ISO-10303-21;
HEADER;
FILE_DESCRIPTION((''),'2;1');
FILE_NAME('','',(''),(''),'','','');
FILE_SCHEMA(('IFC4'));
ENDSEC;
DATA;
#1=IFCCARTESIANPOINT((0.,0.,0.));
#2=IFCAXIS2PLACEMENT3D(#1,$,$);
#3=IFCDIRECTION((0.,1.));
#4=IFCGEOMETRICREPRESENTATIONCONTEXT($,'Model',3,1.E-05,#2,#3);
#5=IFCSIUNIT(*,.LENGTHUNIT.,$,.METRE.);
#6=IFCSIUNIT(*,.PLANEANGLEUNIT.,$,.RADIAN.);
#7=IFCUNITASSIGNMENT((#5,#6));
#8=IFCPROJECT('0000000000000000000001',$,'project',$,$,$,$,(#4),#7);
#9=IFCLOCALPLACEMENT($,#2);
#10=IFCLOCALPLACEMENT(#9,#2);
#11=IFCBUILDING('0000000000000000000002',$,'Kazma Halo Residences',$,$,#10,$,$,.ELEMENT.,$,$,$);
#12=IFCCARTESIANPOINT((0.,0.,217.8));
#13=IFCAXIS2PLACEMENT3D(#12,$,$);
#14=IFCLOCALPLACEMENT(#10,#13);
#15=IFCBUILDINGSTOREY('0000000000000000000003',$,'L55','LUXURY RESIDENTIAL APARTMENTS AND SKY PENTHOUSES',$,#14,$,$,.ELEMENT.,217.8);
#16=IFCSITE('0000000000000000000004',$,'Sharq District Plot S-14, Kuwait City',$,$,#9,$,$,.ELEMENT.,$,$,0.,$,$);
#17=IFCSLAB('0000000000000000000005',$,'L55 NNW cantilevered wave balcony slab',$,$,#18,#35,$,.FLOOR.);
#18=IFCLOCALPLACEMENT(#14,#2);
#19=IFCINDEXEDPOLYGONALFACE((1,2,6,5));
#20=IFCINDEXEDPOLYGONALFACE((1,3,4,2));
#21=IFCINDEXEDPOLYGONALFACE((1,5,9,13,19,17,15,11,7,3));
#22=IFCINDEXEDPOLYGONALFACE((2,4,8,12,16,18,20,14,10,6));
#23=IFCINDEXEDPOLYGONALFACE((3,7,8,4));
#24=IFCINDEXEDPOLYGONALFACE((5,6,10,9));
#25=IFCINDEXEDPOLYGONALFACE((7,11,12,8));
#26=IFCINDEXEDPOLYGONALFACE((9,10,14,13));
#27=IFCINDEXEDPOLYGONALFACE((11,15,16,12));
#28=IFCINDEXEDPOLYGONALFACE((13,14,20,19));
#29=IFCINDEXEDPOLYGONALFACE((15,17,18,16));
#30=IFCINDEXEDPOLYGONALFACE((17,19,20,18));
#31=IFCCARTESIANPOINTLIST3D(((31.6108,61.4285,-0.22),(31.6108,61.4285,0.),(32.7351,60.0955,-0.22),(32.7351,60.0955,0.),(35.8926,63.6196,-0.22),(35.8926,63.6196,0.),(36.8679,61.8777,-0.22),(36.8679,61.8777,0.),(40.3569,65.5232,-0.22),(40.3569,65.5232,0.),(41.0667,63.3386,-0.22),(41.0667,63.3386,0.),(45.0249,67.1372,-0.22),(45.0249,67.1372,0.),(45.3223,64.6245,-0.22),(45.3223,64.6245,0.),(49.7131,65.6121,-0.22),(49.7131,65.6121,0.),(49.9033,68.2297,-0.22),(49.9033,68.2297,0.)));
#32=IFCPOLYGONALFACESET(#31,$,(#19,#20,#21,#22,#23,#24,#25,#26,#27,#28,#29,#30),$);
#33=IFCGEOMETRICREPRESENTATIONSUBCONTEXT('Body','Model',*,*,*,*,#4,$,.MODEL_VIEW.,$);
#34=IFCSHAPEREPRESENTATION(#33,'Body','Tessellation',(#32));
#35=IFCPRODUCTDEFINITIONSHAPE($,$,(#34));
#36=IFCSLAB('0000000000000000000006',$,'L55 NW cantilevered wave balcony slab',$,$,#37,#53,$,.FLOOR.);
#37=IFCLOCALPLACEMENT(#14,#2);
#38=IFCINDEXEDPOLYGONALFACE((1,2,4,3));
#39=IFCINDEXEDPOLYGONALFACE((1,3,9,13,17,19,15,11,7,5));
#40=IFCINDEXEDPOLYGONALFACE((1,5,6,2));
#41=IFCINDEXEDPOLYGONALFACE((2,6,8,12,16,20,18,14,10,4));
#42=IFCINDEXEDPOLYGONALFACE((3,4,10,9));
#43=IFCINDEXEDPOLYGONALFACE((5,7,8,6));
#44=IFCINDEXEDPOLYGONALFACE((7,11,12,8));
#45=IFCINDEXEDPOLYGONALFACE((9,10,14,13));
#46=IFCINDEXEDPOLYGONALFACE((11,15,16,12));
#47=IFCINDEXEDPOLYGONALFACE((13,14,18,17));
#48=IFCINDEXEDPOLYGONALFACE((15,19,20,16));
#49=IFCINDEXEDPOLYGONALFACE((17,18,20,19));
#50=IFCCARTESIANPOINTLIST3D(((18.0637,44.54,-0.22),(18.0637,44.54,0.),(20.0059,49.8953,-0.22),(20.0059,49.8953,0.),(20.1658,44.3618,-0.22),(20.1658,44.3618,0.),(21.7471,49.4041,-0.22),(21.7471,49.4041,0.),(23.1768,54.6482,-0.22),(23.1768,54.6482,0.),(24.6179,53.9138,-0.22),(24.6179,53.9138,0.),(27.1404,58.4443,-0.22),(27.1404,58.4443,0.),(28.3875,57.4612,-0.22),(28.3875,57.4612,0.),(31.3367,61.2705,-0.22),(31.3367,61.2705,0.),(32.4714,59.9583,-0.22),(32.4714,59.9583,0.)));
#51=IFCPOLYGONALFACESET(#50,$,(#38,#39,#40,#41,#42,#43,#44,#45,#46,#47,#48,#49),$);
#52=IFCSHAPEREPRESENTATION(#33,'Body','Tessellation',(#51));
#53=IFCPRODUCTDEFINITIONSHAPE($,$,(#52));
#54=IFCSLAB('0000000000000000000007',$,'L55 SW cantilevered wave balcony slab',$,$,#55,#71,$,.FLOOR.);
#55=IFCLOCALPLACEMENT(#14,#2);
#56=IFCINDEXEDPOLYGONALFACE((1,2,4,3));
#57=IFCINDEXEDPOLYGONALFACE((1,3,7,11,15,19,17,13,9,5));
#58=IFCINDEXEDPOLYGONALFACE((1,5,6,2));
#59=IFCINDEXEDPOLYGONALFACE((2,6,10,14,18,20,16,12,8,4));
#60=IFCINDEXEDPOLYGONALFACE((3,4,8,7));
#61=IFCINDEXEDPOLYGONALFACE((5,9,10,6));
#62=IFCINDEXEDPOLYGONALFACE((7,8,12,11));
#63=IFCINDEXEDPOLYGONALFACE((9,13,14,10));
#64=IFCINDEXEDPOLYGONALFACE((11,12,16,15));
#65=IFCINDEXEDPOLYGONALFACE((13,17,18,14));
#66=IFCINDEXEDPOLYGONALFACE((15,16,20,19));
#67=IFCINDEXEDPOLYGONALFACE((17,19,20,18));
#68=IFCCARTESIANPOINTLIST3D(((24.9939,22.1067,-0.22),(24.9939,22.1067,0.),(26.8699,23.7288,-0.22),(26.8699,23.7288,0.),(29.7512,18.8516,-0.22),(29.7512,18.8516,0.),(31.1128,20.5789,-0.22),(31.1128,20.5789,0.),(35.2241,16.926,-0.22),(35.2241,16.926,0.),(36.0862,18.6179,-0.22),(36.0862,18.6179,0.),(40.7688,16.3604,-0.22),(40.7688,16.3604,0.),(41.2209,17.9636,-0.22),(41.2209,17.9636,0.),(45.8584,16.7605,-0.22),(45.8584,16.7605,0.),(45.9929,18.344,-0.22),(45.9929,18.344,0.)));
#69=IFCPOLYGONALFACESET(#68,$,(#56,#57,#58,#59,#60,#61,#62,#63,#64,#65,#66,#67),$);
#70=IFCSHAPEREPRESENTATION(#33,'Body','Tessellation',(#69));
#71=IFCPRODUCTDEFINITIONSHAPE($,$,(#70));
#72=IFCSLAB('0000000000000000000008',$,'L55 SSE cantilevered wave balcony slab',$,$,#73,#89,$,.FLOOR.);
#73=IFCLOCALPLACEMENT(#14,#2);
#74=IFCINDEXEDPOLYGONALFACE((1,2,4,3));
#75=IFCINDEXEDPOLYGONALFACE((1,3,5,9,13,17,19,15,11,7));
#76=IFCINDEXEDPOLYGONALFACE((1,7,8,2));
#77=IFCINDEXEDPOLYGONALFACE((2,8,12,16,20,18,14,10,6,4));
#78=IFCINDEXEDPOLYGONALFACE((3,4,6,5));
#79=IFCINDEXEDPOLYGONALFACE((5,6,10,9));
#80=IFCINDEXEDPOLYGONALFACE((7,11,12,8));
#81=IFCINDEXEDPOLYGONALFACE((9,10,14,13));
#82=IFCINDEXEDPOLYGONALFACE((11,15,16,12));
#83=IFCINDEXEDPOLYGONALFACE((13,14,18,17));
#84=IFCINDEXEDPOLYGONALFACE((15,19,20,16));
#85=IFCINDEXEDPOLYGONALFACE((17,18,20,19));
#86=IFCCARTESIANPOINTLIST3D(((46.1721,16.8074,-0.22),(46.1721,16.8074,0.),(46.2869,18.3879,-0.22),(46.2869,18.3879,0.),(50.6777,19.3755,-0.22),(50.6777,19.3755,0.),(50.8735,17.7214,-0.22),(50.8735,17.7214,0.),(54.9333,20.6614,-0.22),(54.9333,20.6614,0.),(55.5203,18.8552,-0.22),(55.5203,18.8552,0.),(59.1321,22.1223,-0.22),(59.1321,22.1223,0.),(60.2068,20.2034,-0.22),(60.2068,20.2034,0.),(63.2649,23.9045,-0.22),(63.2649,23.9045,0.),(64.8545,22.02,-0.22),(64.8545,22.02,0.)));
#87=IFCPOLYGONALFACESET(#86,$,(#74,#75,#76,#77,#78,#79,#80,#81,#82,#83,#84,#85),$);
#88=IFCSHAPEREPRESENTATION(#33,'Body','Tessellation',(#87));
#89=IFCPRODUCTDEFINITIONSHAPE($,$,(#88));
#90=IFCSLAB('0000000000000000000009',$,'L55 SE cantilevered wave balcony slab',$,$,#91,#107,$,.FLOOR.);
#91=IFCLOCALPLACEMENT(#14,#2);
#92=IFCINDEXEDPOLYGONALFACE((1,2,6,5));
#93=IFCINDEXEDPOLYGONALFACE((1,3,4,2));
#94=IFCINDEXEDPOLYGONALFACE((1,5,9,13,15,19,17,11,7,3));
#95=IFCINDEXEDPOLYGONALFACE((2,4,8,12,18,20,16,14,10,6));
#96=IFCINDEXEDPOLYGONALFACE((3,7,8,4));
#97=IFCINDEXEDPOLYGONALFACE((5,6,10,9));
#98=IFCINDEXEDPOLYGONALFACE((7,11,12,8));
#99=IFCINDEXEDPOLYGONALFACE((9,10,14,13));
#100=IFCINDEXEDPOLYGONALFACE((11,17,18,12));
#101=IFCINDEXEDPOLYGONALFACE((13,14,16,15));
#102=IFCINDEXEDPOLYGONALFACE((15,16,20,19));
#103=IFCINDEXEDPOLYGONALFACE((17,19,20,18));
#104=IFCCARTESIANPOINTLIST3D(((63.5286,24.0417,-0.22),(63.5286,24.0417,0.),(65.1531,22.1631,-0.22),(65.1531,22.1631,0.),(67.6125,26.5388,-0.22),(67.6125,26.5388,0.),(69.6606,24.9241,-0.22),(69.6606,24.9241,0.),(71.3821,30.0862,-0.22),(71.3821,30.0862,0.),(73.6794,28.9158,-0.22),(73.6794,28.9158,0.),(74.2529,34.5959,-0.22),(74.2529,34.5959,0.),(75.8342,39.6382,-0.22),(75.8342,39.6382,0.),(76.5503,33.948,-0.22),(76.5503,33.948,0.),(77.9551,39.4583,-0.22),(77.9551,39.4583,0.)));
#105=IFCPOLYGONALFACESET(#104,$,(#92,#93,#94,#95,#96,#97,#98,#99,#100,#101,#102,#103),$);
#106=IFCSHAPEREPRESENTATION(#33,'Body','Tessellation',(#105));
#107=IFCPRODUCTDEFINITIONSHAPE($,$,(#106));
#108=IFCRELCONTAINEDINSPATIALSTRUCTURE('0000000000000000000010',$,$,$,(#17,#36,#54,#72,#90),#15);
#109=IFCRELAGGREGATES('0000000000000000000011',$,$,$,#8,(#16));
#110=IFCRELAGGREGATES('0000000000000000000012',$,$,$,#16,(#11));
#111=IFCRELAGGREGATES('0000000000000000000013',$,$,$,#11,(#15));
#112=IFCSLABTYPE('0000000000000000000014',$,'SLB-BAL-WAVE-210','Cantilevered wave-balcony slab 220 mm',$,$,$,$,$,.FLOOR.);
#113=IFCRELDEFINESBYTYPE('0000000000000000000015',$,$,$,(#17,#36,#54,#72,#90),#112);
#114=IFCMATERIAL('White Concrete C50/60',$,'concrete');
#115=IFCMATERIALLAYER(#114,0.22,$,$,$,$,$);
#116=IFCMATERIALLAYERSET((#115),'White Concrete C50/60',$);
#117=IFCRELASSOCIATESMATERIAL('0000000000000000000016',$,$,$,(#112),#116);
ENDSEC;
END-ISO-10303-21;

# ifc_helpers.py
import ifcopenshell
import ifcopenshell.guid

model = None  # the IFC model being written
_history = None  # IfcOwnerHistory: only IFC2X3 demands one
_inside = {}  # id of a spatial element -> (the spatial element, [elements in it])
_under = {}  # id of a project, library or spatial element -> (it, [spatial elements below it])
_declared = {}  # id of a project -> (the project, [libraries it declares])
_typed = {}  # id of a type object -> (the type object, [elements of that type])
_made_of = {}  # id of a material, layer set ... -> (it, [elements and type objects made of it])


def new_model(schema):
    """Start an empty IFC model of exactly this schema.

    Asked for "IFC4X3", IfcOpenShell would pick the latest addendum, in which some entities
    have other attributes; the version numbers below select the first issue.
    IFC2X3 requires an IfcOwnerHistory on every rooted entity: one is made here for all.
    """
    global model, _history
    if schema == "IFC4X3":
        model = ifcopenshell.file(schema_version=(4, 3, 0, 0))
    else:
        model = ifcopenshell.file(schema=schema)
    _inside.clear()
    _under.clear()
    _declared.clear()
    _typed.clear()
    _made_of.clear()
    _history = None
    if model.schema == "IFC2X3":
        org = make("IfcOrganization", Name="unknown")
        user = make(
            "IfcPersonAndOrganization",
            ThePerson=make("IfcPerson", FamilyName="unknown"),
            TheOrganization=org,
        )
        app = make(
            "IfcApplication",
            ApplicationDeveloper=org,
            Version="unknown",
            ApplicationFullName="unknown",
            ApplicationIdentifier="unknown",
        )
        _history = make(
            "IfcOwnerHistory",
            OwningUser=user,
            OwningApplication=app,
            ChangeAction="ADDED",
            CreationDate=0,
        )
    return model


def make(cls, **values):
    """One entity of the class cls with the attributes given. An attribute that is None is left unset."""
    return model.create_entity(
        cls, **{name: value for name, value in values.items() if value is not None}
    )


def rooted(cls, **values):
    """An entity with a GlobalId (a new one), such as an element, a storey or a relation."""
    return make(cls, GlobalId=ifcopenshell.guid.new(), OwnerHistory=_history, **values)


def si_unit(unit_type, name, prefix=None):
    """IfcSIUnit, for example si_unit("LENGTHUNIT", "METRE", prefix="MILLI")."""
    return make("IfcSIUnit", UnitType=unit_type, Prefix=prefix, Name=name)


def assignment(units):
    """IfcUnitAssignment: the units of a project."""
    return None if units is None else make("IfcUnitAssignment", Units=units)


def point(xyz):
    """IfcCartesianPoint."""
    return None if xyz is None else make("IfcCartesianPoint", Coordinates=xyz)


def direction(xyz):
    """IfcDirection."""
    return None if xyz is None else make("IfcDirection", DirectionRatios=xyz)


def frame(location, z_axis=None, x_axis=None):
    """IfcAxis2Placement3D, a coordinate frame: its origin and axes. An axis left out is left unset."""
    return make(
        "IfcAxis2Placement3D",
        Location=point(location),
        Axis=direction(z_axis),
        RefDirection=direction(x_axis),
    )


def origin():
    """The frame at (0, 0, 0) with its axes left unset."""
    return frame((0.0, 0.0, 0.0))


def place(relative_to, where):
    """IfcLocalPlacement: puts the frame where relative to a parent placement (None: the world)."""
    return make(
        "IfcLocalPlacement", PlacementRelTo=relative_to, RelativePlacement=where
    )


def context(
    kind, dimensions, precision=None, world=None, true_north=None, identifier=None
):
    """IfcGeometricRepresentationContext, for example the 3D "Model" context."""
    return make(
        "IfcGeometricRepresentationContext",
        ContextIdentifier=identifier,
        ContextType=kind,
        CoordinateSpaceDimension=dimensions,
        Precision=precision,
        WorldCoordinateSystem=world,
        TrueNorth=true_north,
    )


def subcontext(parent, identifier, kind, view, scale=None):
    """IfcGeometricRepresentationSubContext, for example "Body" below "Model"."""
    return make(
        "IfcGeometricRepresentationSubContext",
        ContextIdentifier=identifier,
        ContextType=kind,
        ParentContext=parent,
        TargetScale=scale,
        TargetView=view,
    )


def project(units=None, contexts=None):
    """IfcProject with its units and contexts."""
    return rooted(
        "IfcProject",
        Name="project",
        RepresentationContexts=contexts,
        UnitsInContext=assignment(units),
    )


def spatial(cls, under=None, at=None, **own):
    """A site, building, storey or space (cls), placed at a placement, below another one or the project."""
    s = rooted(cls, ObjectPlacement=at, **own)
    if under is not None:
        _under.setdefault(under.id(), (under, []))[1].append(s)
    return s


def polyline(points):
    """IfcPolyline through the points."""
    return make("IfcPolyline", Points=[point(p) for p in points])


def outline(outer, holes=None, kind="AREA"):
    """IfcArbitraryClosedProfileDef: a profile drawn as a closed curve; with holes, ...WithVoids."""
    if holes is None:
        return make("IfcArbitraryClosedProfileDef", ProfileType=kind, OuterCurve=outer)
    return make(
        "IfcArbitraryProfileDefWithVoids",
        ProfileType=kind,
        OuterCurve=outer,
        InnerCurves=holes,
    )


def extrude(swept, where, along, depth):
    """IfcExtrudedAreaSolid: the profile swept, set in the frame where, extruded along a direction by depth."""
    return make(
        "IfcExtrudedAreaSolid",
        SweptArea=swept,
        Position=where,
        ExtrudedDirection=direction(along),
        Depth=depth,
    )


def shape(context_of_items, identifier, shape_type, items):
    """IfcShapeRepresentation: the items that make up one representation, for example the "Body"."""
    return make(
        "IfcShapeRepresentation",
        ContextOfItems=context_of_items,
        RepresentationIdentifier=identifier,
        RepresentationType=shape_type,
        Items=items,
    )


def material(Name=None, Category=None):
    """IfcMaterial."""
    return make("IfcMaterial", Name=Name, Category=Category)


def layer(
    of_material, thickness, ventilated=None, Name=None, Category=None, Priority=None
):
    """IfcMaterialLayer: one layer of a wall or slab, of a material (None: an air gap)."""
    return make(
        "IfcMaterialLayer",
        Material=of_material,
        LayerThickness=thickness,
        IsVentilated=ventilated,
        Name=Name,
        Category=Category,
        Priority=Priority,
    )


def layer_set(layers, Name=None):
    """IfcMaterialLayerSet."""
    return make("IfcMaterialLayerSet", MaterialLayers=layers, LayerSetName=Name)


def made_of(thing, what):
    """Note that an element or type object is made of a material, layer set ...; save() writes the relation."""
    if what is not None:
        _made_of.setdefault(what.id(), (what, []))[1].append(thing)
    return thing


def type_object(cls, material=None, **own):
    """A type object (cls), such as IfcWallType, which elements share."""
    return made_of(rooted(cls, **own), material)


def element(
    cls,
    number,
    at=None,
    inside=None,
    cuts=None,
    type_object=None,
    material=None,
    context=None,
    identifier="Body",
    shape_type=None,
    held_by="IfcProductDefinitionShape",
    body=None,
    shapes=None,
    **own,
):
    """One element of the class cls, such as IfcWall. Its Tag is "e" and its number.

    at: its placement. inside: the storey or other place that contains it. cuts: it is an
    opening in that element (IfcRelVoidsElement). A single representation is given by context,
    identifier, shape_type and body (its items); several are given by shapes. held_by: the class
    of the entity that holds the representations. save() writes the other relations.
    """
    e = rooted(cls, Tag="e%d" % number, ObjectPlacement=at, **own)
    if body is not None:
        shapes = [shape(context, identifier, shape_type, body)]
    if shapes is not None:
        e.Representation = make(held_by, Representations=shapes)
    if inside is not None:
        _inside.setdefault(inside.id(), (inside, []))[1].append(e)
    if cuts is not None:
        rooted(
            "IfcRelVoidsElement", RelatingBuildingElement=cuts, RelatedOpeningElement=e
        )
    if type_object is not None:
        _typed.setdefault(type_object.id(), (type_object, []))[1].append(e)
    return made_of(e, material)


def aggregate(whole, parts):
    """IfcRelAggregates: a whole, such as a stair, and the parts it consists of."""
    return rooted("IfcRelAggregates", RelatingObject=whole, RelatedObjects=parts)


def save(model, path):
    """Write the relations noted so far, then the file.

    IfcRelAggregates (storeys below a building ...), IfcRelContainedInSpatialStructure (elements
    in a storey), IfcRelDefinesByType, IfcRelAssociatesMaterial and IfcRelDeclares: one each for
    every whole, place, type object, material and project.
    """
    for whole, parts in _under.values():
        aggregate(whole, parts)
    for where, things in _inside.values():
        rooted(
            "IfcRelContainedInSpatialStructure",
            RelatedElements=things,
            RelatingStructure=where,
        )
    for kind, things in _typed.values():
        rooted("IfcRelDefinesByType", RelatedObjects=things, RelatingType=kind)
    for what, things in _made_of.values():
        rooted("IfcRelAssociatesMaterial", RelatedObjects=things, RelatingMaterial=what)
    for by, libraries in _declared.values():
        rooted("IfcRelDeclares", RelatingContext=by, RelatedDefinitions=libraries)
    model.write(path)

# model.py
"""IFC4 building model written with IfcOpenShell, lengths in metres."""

from ifc_helpers import new_model, si_unit, direction, frame, origin, place, context, subcontext, project, spatial, polyline, outline, extrude, material, layer, layer_set, type_object, element, save


model = new_model("IFC4")

# Units and contexts
model_context = context("Model", 3, precision=1e-05, world=origin(), true_north=direction((0.0, 1.0)))
body_context = subcontext(model_context, "Body", "Model", "MODEL_VIEW")
ifc_project = project(units=[si_unit("LENGTHUNIT", "METRE"), si_unit("PLANEANGLEUNIT", "RADIAN")], contexts=[model_context])

# Site, building, storey
site_placement = place(None, origin())
site = spatial("IfcSite", under=ifc_project, at=site_placement, Name="Sharq District Plot S-14, Kuwait City", CompositionType="ELEMENT", RefElevation=0.0)
building_placement = place(site_placement, origin())
building = spatial("IfcBuilding", under=site, at=building_placement, Name="Kazma Halo Residences", CompositionType="ELEMENT")
storey_placement = place(building_placement, frame((0.0, 0.0, 217.8)))
storey = spatial("IfcBuildingStorey", under=building, at=storey_placement, Name="L55", Description="LUXURY RESIDENTIAL APARTMENTS AND SKY PENTHOUSES", CompositionType="ELEMENT", Elevation=217.8)

# Slabs
ifc_material_1 = material(Name="White Concrete C50/60", Category="concrete")
ifc_layer_1 = layer(ifc_material_1, 0.22)
ifc_layer_set_1 = layer_set([ifc_layer_1], Name="White Concrete C50/60")
slab_type_1 = type_object("IfcSlabType", Name="SLB-BAL-WAVE-210", Description="Cantilevered wave-balcony slab 220 mm", PredefinedType="FLOOR", material=ifc_layer_set_1)
slab_1_placement = place(storey_placement, frame((0.0, 0.0, -0.22)))
element("IfcSlab", 1, at=slab_1_placement, inside=storey, type_object=slab_type_1, Name="L55 NNW cantilevered wave balcony slab", PredefinedType="FLOOR", context=body_context, shape_type="SweptSolid", body=[
    extrude(outline(polyline([(49.7131, 65.6121), (45.3223, 64.6245), (41.0667, 63.3386), (36.8679, 61.8777), (32.7351, 60.0955), (31.6108, 61.4285), (35.8926, 63.6196), (40.3569, 65.5232), (45.0249, 67.1372), (49.9033, 68.2297), (49.7131, 65.6121)])), origin(), (0.0, 0.0, 1.0), 0.22),
])
slab_2_placement = place(storey_placement, frame((0.0, 0.0, -0.22)))
element("IfcSlab", 2, at=slab_2_placement, inside=storey, type_object=slab_type_1, Name="L55 NW cantilevered wave balcony slab", PredefinedType="FLOOR", context=body_context, shape_type="SweptSolid", body=[
    extrude(outline(polyline([(32.4714, 59.9583), (28.3875, 57.4612), (24.6179, 53.9138), (21.7471, 49.4041), (20.1658, 44.3618), (18.0637, 44.54), (20.0059, 49.8953), (23.1768, 54.6482), (27.1404, 58.4443), (31.3367, 61.2705), (32.4714, 59.9583)])), origin(), (0.0, 0.0, 1.0), 0.22),
])
slab_3_placement = place(storey_placement, frame((0.0, 0.0, -0.22)))
element("IfcSlab", 3, at=slab_3_placement, inside=storey, type_object=slab_type_1, Name="L55 SW cantilevered wave balcony slab", PredefinedType="FLOOR", context=body_context, shape_type="SweptSolid", body=[
    extrude(outline(polyline([(26.8699, 23.7288), (31.1128, 20.5789), (36.0862, 18.6179), (41.2209, 17.9636), (45.9929, 18.344), (45.8584, 16.7605), (40.7688, 16.3604), (35.2241, 16.926), (29.7512, 18.8516), (24.9939, 22.1067), (26.8699, 23.7288)])), origin(), (0.0, 0.0, 1.0), 0.22),
])
slab_4_placement = place(storey_placement, frame((0.0, 0.0, -0.22)))
element("IfcSlab", 4, at=slab_4_placement, inside=storey, type_object=slab_type_1, Name="L55 SSE cantilevered wave balcony slab", PredefinedType="FLOOR", context=body_context, shape_type="SweptSolid", body=[
    extrude(outline(polyline([(46.2869, 18.3879), (50.6777, 19.3755), (54.9333, 20.6614), (59.1321, 22.1223), (63.2649, 23.9045), (64.8545, 22.02), (60.2068, 20.2034), (55.5203, 18.8552), (50.8735, 17.7214), (46.1721, 16.8074), (46.2869, 18.3879)])), origin(), (0.0, 0.0, 1.0), 0.22),
])
slab_5_placement = place(storey_placement, frame((0.0, 0.0, -0.22)))
element("IfcSlab", 5, at=slab_5_placement, inside=storey, type_object=slab_type_1, Name="L55 SE cantilevered wave balcony slab", PredefinedType="FLOOR", context=body_context, shape_type="SweptSolid", body=[
    extrude(outline(polyline([(63.5286, 24.0417), (67.6125, 26.5388), (71.3821, 30.0862), (74.2529, 34.5959), (75.8342, 39.6382), (77.9551, 39.4583), (76.5503, 33.948), (73.6794, 28.9158), (69.6606, 24.9241), (65.1531, 22.1631), (63.5286, 24.0417)])), origin(), (0.0, 0.0, 1.0), 0.22),
])

save(model, "model.ifc")
